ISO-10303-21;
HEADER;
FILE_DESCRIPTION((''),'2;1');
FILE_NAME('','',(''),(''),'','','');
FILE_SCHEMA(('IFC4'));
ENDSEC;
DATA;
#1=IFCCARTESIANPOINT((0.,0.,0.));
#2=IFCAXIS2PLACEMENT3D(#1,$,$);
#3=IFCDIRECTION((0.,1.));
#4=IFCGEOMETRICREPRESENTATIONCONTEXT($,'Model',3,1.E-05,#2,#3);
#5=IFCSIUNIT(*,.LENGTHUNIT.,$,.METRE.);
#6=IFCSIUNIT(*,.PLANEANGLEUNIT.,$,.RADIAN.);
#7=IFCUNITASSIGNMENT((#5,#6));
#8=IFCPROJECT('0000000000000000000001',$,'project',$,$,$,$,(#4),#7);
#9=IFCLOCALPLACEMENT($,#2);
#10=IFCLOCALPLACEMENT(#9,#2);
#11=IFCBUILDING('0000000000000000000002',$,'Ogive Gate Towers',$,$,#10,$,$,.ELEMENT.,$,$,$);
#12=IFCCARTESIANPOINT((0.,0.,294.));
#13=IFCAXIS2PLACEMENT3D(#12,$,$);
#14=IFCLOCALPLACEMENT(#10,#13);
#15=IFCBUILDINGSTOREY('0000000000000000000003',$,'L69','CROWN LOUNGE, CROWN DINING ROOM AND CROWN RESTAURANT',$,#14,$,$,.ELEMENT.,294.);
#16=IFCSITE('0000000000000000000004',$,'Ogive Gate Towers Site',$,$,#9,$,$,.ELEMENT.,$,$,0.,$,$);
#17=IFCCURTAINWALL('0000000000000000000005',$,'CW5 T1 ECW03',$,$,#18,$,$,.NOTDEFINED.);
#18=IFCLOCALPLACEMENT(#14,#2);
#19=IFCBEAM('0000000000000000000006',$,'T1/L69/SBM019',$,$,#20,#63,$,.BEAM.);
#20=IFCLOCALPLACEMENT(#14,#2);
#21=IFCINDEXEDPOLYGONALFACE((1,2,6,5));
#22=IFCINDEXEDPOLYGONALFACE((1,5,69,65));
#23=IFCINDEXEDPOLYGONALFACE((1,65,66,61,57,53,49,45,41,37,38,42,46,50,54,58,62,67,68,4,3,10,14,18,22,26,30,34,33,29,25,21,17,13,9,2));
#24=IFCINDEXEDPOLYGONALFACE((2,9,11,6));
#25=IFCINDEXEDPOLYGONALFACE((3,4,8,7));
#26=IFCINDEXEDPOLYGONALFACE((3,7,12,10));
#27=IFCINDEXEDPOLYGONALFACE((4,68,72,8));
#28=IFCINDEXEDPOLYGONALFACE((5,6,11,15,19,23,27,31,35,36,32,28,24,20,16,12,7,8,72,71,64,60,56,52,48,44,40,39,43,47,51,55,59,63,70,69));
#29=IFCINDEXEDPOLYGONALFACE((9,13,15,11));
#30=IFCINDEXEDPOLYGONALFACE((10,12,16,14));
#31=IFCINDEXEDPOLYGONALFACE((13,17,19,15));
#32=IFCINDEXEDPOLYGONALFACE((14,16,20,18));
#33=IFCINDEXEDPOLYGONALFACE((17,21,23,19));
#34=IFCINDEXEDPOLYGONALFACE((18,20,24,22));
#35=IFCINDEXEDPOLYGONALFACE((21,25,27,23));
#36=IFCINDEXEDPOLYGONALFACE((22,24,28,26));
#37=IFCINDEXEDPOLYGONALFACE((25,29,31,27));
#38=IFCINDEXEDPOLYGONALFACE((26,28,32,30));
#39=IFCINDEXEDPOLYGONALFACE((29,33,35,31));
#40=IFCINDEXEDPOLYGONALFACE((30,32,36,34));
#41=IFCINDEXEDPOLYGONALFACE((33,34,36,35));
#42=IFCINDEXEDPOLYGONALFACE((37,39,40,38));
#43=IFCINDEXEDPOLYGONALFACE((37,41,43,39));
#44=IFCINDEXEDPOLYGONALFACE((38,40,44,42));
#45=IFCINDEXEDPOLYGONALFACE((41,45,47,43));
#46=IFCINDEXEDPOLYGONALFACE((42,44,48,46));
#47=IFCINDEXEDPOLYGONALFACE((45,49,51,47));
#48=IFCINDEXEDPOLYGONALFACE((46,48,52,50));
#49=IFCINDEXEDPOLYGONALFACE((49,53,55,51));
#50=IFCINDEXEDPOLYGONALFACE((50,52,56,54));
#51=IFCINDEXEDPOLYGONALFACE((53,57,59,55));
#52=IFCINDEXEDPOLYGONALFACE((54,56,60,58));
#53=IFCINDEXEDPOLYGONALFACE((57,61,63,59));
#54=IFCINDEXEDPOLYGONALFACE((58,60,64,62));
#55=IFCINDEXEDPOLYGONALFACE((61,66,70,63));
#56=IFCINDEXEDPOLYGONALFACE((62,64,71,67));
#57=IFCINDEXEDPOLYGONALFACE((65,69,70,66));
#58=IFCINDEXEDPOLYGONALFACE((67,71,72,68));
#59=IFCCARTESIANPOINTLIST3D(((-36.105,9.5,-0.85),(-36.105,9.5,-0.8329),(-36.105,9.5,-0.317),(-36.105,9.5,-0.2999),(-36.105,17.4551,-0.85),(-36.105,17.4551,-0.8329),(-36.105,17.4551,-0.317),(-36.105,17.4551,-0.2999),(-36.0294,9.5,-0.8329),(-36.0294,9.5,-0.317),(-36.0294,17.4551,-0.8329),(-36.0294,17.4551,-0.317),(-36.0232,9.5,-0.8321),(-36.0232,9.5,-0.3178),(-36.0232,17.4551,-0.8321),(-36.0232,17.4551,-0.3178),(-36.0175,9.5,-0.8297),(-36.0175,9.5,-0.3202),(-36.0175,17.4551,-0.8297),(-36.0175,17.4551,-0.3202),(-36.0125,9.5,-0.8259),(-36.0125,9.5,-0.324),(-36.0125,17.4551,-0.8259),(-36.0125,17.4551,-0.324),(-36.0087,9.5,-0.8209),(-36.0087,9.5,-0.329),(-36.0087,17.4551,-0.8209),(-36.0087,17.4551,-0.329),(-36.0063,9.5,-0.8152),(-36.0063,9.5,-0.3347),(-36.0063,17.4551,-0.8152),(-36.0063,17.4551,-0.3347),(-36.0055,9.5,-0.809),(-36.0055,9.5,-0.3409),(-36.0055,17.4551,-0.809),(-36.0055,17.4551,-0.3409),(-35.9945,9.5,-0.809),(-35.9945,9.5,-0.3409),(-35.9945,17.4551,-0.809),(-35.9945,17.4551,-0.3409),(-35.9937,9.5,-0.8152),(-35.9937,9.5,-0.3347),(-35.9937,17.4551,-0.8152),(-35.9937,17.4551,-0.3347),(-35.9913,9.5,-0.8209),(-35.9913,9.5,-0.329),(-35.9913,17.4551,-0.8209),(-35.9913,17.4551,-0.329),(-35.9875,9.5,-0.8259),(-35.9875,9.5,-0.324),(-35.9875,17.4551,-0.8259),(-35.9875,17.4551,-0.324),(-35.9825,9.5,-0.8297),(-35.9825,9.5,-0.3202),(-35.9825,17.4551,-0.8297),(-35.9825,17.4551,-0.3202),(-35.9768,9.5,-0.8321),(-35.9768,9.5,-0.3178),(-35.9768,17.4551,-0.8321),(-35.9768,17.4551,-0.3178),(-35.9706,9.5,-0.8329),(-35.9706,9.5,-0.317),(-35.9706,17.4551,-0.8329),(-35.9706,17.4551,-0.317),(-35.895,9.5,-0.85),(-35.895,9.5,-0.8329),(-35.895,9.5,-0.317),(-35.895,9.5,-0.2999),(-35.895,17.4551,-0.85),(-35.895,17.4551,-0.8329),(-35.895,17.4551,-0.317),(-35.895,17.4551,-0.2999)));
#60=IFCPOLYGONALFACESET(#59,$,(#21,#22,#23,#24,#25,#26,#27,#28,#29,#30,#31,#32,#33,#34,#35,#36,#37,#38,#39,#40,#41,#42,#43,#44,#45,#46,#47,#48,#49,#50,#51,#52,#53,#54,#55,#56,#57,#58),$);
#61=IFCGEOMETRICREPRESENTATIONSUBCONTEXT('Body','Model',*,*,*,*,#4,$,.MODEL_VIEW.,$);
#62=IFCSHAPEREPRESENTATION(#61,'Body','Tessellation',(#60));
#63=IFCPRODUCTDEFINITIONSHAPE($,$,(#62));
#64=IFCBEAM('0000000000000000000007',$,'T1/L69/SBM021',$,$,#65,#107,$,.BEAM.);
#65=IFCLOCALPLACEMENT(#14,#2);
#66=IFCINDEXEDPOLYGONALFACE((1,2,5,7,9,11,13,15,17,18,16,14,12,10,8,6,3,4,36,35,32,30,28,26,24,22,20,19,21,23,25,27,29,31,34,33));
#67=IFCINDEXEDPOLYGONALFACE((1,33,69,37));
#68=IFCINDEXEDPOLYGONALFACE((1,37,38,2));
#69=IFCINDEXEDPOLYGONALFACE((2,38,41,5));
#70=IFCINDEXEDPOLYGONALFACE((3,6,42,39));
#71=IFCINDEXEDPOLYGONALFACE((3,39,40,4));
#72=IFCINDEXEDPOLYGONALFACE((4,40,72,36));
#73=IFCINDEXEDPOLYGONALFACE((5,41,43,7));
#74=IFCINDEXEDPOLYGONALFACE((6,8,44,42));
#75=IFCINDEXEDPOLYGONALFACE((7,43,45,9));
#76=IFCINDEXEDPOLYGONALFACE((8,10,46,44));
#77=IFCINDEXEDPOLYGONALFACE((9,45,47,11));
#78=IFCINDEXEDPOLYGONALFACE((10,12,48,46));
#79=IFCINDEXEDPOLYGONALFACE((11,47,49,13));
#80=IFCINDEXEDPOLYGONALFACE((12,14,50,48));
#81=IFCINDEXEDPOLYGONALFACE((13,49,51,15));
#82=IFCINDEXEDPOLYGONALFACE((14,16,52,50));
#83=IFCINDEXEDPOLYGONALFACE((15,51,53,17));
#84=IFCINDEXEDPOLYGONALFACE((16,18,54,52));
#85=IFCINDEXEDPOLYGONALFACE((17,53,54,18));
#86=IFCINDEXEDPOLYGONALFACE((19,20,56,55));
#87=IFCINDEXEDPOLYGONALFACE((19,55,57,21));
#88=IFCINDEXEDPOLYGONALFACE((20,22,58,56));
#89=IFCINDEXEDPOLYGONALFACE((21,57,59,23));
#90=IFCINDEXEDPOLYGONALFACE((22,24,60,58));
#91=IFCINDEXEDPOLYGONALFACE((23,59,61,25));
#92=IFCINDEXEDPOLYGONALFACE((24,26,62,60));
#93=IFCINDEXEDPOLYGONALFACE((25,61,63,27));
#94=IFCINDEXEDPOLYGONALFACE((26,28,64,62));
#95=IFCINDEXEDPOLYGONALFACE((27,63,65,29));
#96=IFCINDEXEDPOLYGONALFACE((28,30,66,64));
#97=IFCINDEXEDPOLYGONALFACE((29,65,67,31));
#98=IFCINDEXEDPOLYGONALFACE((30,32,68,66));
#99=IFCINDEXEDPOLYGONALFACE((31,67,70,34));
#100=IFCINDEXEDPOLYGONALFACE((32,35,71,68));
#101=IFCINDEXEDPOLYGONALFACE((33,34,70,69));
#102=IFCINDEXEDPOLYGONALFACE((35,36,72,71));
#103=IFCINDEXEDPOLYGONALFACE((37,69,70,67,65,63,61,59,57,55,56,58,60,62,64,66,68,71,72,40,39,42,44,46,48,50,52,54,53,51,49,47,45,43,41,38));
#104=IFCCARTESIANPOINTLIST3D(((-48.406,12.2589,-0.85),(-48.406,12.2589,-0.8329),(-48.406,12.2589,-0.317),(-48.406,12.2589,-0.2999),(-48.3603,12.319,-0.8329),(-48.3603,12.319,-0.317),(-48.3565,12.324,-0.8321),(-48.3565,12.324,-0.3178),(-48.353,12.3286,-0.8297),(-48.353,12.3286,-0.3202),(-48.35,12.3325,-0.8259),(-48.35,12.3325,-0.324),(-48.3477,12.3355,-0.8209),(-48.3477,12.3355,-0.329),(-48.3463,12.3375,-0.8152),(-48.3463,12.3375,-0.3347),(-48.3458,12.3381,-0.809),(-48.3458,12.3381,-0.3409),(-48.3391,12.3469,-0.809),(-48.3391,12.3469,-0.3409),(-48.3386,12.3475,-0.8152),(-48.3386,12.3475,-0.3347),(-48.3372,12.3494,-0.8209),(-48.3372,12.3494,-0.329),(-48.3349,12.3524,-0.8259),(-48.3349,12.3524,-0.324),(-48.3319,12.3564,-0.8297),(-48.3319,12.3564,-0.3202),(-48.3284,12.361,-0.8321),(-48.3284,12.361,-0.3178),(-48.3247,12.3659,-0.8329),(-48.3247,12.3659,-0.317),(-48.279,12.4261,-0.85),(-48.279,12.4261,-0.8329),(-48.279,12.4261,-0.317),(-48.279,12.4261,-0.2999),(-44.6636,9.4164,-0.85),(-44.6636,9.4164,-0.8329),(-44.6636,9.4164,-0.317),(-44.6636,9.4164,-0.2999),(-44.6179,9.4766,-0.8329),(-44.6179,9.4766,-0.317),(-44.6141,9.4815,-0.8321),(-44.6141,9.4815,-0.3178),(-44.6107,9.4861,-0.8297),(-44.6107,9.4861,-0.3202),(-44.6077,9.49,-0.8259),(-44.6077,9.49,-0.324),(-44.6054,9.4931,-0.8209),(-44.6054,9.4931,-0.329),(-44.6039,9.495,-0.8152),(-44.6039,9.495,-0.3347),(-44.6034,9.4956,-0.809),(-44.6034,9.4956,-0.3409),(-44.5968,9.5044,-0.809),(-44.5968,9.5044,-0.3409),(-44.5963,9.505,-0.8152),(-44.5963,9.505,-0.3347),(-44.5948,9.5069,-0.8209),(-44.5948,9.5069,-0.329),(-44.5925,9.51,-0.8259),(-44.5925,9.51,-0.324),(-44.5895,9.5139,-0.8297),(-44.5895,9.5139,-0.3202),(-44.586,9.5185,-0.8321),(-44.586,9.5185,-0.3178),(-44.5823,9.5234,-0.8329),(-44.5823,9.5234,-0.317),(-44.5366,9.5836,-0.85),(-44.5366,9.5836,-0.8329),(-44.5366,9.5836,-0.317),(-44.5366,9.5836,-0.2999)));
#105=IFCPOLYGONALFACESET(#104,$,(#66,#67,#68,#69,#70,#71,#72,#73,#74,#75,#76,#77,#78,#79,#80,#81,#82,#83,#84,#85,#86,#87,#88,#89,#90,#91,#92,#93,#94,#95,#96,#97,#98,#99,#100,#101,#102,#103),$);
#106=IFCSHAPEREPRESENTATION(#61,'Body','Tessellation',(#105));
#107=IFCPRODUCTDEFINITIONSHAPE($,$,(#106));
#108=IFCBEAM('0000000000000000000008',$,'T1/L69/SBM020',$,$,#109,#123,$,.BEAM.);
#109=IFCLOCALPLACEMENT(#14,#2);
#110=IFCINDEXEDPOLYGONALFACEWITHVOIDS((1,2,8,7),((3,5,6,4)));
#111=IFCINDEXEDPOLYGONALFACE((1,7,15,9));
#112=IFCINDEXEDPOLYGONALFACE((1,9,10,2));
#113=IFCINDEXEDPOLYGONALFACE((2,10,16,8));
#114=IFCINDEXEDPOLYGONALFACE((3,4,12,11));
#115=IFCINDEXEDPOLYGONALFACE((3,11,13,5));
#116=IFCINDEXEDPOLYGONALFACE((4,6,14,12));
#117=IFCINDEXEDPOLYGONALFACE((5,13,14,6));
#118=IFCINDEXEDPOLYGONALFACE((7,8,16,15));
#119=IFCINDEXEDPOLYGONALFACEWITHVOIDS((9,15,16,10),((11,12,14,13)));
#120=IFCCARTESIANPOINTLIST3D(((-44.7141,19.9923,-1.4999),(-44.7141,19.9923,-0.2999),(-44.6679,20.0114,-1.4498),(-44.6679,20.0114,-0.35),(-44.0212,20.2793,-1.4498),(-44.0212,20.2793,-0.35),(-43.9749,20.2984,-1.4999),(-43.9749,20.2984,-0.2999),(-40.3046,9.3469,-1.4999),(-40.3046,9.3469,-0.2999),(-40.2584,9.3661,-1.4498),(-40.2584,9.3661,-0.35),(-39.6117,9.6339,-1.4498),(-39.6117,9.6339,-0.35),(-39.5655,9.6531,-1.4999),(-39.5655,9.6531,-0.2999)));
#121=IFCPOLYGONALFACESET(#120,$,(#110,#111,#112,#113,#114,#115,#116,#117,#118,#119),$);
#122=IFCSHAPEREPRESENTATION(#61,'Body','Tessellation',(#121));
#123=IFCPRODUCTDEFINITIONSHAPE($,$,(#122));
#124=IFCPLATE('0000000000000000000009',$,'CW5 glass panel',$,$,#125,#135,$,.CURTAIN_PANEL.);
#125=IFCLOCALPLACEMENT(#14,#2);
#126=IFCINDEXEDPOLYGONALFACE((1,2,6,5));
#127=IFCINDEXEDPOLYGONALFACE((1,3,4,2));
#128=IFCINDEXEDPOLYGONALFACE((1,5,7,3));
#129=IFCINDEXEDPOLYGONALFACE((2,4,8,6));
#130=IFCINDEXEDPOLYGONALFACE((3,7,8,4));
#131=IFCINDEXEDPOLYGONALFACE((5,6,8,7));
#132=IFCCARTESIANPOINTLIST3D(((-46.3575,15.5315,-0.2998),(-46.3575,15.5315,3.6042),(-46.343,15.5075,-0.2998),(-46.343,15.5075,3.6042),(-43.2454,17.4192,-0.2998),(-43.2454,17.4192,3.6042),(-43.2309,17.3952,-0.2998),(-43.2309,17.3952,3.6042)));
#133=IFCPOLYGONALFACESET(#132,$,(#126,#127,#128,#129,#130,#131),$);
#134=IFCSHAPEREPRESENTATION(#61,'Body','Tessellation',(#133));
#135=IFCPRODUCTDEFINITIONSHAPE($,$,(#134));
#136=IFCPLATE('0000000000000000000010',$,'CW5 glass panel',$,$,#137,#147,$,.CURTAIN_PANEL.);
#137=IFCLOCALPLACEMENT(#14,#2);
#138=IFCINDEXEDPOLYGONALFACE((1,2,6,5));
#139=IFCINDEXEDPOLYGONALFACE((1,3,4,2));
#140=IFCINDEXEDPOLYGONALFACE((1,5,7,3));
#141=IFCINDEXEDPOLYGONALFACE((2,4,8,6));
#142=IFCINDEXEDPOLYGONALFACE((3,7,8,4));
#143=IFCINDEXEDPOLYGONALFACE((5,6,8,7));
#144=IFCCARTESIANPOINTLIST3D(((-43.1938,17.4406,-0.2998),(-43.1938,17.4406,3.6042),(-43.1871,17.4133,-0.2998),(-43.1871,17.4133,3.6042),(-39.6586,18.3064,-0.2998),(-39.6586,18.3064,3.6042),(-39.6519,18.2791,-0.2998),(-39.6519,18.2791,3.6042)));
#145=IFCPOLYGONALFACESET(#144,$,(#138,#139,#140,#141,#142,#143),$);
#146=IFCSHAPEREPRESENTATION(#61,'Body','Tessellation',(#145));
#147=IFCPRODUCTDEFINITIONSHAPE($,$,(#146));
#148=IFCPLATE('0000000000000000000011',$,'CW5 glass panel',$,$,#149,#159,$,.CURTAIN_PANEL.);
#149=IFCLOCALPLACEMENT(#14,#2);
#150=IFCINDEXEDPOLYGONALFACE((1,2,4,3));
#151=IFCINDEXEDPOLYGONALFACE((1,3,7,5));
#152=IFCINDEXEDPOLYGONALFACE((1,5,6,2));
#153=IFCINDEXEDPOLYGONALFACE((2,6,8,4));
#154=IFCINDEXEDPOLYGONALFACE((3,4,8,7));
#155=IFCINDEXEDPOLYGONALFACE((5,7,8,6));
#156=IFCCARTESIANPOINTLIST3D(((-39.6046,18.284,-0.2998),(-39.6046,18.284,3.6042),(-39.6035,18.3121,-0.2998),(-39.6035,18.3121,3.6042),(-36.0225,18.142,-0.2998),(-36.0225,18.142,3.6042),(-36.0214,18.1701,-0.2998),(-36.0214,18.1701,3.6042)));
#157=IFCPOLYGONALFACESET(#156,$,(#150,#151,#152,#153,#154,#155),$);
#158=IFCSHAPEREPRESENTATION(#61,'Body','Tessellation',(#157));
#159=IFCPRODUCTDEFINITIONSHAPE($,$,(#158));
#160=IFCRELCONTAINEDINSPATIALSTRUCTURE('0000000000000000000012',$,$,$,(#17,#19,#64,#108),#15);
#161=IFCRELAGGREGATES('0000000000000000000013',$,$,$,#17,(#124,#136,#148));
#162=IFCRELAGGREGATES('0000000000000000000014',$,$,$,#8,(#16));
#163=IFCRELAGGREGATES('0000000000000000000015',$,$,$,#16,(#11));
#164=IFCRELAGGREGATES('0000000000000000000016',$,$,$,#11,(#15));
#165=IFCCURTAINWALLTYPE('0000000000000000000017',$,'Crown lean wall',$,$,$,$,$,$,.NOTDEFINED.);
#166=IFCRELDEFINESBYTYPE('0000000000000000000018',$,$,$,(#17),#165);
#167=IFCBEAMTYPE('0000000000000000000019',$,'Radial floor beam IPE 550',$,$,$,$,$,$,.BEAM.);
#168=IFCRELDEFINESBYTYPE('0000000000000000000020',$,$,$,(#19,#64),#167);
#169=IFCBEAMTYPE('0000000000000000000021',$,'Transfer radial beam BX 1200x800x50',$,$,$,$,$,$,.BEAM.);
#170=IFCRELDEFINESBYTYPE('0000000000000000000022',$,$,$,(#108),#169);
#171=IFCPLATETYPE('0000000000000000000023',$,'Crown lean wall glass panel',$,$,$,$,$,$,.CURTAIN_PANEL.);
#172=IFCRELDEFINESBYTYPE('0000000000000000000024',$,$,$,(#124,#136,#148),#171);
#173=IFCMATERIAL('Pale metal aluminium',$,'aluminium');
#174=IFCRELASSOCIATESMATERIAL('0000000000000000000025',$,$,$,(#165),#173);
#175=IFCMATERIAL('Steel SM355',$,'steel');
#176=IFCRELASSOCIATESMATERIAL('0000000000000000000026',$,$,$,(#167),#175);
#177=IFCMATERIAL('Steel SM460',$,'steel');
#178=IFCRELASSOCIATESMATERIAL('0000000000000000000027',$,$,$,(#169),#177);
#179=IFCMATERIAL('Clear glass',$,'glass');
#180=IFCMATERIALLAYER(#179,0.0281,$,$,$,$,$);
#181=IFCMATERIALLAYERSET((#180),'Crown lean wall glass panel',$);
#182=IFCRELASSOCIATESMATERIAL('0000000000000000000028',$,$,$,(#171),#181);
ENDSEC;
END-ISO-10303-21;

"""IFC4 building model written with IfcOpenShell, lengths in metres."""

from ifc_helpers import new_model, si_unit, direction, frame, origin, origin_2d, place, context, subcontext, project, spatial, rectangle, hollow_rectangle, i_section, extrude, material, layer, layer_set, material_profile, profile_set, type_object, element, aggregate, save


model = new_model("IFC4")

# Units and contexts
model_context = context("Model", 3, precision=1e-05, world=origin(), true_north=direction((0.0, 1.0)))
body_context = subcontext(model_context, "Body", "Model", "MODEL_VIEW")
ifc_project = project(units=[si_unit("LENGTHUNIT", "METRE"), si_unit("PLANEANGLEUNIT", "RADIAN")], contexts=[model_context])

# Site, building, storey
site_placement = place(None, origin())
site = spatial("IfcSite", under=ifc_project, at=site_placement, Name="Ogive Gate Towers Site", CompositionType="ELEMENT", RefElevation=0.0)
building_placement = place(site_placement, origin())
building = spatial("IfcBuilding", under=site, at=building_placement, Name="Ogive Gate Towers", CompositionType="ELEMENT")
storey_placement = place(building_placement, frame((0.0, 0.0, 294.0)))
storey = spatial("IfcBuildingStorey", under=building, at=storey_placement, Name="L69", Description="CROWN LOUNGE, CROWN DINING ROOM AND CROWN RESTAURANT", CompositionType="ELEMENT", Elevation=294.0)

# Shared definitions
ifc_material_1 = material(Name="Steel SM460", Category="steel")

# Shared definitions
ifc_material_2 = material(Name="Pale metal aluminium", Category="aluminium")
curtain_wall_type = type_object("IfcCurtainWallType", Name="Crown lean wall", PredefinedType="NOTDEFINED", material=ifc_material_2)

# Curtain wall
curtain_wall_1_placement = place(storey_placement, origin())
curtain_wall_1 = element("IfcCurtainWall", 1, at=curtain_wall_1_placement, inside=storey, type_object=curtain_wall_type, Name="CW5 T1 ECW03", PredefinedType="NOTDEFINED")

# Beams
ifc_material_3 = material(Name="Steel SM355", Category="steel")
ifc_material_profile_1 = material_profile(ifc_material_3, i_section(OverallWidth=0.21, OverallDepth=0.55, WebThickness=0.011, FlangeThickness=0.0171, FilletRadius=0.0239, at=origin_2d()), Name="IPE 550")
ifc_profile_set_1 = profile_set([ifc_material_profile_1], Name="Steel SM355")
beam_type_1 = type_object("IfcBeamType", Name="Radial floor beam IPE 550", PredefinedType="BEAM", material=ifc_profile_set_1)
beam_1_placement = place(storey_placement, frame((-36.0, 9.5, -0.575), z_axis=(0.0, 1.0, 0.0), x_axis=(-1.0, 0.0, 0.0)))
element("IfcBeam", 2, at=beam_1_placement, inside=storey, type_object=beam_type_1, Name="T1/L69/SBM019", PredefinedType="BEAM", context=body_context, shape_type="SweptSolid", body=[
    extrude(i_section(OverallWidth=0.21, OverallDepth=0.55, WebThickness=0.011, FlangeThickness=0.0171, FilletRadius=0.0239, at=origin_2d()), origin(), (0.0, 0.0, 1.0), 7.9551),
])
beam_2_placement = place(storey_placement, frame((-44.6001, 9.5, -0.575), z_axis=(-0.796338, 0.604851, 0.0), x_axis=(-0.604851, -0.796338, 0.0)))
element("IfcBeam", 3, at=beam_2_placement, inside=storey, type_object=beam_type_1, Name="T1/L69/SBM021", PredefinedType="BEAM", context=body_context, shape_type="SweptSolid", body=[
    extrude(i_section(OverallWidth=0.21, OverallDepth=0.55, WebThickness=0.011, FlangeThickness=0.0171, FilletRadius=0.0239, at=origin_2d()), origin(), (0.0, 0.0, 1.0), 4.6995),
])
ifc_material_profile_2 = material_profile(ifc_material_1, hollow_rectangle(XDim=0.8, YDim=1.2, WallThickness=0.05, at=origin_2d()), Name="BX 1200x800x50")
ifc_profile_set_2 = profile_set([ifc_material_profile_2], Name="Steel SM460")
beam_type_2 = type_object("IfcBeamType", Name="Transfer radial beam BX 1200x800x50", PredefinedType="BEAM", material=ifc_profile_set_2)
beam_3_placement = place(storey_placement, frame((-39.9351, 9.5, -0.8999), z_axis=(-0.382684, 0.923879, 0.0), x_axis=(-0.923879, -0.382684, 0.0)))
element("IfcBeam", 4, at=beam_3_placement, inside=storey, type_object=beam_type_2, Name="T1/L69/SBM020", PredefinedType="BEAM", context=body_context, shape_type="SweptSolid", body=[
    extrude(hollow_rectangle(XDim=0.8, YDim=1.2, WallThickness=0.05, at=origin_2d()), origin(), (0.0, 0.0, 1.0), 11.5225),
])

# Plates
ifc_material_4 = material(Name="Clear glass", Category="glass")
ifc_layer_1 = layer(ifc_material_4, 0.0281)
ifc_layer_set_1 = layer_set([ifc_layer_1], Name="Crown lean wall glass panel")
plate_type = type_object("IfcPlateType", Name="Crown lean wall glass panel", PredefinedType="CURTAIN_PANEL", material=ifc_layer_set_1)
plate_1_placement = place(storey_placement, frame((-44.7942, 16.4634, -0.2998), z_axis=(0.0, 0.0, 1.0), x_axis=(0.855002, 0.518624, 0.0)))
plate_1 = element("IfcPlate", 5, at=plate_1_placement, type_object=plate_type, Name="CW5 glass panel", PredefinedType="CURTAIN_PANEL", context=body_context, shape_type="SweptSolid", body=[
    extrude(rectangle(XDim=3.6399, YDim=0.0281, at=origin_2d()), origin(), (0.0, 0.0, 1.0), 3.9041),
])
plate_2_placement = place(storey_placement, frame((-41.4229, 17.8599, -0.2998), z_axis=(0.0, 0.0, 1.0), x_axis=(0.971296, 0.237872, 0.0)))
plate_2 = element("IfcPlate", 6, at=plate_2_placement, type_object=plate_type, Name="CW5 glass panel", PredefinedType="CURTAIN_PANEL", context=body_context, shape_type="SweptSolid", body=[
    extrude(rectangle(XDim=3.6396, YDim=0.0281, at=origin_2d()), origin(), (0.0, 0.0, 1.0), 3.9041),
])
plate_3_placement = place(storey_placement, frame((-37.813, 18.2271, -0.2998), z_axis=(0.0, 0.0, 1.0), x_axis=(0.999215, -0.039609, 0.0)))
plate_3 = element("IfcPlate", 7, at=plate_3_placement, type_object=plate_type, Name="CW5 glass panel", PredefinedType="CURTAIN_PANEL", context=body_context, shape_type="SweptSolid", body=[
    extrude(rectangle(XDim=3.585, YDim=0.0281, at=origin_2d()), origin(), (0.0, 0.0, 1.0), 3.9041),
])
aggregate(curtain_wall_1, [plate_1, plate_2, plate_3])

save(model, "model.ifc")
